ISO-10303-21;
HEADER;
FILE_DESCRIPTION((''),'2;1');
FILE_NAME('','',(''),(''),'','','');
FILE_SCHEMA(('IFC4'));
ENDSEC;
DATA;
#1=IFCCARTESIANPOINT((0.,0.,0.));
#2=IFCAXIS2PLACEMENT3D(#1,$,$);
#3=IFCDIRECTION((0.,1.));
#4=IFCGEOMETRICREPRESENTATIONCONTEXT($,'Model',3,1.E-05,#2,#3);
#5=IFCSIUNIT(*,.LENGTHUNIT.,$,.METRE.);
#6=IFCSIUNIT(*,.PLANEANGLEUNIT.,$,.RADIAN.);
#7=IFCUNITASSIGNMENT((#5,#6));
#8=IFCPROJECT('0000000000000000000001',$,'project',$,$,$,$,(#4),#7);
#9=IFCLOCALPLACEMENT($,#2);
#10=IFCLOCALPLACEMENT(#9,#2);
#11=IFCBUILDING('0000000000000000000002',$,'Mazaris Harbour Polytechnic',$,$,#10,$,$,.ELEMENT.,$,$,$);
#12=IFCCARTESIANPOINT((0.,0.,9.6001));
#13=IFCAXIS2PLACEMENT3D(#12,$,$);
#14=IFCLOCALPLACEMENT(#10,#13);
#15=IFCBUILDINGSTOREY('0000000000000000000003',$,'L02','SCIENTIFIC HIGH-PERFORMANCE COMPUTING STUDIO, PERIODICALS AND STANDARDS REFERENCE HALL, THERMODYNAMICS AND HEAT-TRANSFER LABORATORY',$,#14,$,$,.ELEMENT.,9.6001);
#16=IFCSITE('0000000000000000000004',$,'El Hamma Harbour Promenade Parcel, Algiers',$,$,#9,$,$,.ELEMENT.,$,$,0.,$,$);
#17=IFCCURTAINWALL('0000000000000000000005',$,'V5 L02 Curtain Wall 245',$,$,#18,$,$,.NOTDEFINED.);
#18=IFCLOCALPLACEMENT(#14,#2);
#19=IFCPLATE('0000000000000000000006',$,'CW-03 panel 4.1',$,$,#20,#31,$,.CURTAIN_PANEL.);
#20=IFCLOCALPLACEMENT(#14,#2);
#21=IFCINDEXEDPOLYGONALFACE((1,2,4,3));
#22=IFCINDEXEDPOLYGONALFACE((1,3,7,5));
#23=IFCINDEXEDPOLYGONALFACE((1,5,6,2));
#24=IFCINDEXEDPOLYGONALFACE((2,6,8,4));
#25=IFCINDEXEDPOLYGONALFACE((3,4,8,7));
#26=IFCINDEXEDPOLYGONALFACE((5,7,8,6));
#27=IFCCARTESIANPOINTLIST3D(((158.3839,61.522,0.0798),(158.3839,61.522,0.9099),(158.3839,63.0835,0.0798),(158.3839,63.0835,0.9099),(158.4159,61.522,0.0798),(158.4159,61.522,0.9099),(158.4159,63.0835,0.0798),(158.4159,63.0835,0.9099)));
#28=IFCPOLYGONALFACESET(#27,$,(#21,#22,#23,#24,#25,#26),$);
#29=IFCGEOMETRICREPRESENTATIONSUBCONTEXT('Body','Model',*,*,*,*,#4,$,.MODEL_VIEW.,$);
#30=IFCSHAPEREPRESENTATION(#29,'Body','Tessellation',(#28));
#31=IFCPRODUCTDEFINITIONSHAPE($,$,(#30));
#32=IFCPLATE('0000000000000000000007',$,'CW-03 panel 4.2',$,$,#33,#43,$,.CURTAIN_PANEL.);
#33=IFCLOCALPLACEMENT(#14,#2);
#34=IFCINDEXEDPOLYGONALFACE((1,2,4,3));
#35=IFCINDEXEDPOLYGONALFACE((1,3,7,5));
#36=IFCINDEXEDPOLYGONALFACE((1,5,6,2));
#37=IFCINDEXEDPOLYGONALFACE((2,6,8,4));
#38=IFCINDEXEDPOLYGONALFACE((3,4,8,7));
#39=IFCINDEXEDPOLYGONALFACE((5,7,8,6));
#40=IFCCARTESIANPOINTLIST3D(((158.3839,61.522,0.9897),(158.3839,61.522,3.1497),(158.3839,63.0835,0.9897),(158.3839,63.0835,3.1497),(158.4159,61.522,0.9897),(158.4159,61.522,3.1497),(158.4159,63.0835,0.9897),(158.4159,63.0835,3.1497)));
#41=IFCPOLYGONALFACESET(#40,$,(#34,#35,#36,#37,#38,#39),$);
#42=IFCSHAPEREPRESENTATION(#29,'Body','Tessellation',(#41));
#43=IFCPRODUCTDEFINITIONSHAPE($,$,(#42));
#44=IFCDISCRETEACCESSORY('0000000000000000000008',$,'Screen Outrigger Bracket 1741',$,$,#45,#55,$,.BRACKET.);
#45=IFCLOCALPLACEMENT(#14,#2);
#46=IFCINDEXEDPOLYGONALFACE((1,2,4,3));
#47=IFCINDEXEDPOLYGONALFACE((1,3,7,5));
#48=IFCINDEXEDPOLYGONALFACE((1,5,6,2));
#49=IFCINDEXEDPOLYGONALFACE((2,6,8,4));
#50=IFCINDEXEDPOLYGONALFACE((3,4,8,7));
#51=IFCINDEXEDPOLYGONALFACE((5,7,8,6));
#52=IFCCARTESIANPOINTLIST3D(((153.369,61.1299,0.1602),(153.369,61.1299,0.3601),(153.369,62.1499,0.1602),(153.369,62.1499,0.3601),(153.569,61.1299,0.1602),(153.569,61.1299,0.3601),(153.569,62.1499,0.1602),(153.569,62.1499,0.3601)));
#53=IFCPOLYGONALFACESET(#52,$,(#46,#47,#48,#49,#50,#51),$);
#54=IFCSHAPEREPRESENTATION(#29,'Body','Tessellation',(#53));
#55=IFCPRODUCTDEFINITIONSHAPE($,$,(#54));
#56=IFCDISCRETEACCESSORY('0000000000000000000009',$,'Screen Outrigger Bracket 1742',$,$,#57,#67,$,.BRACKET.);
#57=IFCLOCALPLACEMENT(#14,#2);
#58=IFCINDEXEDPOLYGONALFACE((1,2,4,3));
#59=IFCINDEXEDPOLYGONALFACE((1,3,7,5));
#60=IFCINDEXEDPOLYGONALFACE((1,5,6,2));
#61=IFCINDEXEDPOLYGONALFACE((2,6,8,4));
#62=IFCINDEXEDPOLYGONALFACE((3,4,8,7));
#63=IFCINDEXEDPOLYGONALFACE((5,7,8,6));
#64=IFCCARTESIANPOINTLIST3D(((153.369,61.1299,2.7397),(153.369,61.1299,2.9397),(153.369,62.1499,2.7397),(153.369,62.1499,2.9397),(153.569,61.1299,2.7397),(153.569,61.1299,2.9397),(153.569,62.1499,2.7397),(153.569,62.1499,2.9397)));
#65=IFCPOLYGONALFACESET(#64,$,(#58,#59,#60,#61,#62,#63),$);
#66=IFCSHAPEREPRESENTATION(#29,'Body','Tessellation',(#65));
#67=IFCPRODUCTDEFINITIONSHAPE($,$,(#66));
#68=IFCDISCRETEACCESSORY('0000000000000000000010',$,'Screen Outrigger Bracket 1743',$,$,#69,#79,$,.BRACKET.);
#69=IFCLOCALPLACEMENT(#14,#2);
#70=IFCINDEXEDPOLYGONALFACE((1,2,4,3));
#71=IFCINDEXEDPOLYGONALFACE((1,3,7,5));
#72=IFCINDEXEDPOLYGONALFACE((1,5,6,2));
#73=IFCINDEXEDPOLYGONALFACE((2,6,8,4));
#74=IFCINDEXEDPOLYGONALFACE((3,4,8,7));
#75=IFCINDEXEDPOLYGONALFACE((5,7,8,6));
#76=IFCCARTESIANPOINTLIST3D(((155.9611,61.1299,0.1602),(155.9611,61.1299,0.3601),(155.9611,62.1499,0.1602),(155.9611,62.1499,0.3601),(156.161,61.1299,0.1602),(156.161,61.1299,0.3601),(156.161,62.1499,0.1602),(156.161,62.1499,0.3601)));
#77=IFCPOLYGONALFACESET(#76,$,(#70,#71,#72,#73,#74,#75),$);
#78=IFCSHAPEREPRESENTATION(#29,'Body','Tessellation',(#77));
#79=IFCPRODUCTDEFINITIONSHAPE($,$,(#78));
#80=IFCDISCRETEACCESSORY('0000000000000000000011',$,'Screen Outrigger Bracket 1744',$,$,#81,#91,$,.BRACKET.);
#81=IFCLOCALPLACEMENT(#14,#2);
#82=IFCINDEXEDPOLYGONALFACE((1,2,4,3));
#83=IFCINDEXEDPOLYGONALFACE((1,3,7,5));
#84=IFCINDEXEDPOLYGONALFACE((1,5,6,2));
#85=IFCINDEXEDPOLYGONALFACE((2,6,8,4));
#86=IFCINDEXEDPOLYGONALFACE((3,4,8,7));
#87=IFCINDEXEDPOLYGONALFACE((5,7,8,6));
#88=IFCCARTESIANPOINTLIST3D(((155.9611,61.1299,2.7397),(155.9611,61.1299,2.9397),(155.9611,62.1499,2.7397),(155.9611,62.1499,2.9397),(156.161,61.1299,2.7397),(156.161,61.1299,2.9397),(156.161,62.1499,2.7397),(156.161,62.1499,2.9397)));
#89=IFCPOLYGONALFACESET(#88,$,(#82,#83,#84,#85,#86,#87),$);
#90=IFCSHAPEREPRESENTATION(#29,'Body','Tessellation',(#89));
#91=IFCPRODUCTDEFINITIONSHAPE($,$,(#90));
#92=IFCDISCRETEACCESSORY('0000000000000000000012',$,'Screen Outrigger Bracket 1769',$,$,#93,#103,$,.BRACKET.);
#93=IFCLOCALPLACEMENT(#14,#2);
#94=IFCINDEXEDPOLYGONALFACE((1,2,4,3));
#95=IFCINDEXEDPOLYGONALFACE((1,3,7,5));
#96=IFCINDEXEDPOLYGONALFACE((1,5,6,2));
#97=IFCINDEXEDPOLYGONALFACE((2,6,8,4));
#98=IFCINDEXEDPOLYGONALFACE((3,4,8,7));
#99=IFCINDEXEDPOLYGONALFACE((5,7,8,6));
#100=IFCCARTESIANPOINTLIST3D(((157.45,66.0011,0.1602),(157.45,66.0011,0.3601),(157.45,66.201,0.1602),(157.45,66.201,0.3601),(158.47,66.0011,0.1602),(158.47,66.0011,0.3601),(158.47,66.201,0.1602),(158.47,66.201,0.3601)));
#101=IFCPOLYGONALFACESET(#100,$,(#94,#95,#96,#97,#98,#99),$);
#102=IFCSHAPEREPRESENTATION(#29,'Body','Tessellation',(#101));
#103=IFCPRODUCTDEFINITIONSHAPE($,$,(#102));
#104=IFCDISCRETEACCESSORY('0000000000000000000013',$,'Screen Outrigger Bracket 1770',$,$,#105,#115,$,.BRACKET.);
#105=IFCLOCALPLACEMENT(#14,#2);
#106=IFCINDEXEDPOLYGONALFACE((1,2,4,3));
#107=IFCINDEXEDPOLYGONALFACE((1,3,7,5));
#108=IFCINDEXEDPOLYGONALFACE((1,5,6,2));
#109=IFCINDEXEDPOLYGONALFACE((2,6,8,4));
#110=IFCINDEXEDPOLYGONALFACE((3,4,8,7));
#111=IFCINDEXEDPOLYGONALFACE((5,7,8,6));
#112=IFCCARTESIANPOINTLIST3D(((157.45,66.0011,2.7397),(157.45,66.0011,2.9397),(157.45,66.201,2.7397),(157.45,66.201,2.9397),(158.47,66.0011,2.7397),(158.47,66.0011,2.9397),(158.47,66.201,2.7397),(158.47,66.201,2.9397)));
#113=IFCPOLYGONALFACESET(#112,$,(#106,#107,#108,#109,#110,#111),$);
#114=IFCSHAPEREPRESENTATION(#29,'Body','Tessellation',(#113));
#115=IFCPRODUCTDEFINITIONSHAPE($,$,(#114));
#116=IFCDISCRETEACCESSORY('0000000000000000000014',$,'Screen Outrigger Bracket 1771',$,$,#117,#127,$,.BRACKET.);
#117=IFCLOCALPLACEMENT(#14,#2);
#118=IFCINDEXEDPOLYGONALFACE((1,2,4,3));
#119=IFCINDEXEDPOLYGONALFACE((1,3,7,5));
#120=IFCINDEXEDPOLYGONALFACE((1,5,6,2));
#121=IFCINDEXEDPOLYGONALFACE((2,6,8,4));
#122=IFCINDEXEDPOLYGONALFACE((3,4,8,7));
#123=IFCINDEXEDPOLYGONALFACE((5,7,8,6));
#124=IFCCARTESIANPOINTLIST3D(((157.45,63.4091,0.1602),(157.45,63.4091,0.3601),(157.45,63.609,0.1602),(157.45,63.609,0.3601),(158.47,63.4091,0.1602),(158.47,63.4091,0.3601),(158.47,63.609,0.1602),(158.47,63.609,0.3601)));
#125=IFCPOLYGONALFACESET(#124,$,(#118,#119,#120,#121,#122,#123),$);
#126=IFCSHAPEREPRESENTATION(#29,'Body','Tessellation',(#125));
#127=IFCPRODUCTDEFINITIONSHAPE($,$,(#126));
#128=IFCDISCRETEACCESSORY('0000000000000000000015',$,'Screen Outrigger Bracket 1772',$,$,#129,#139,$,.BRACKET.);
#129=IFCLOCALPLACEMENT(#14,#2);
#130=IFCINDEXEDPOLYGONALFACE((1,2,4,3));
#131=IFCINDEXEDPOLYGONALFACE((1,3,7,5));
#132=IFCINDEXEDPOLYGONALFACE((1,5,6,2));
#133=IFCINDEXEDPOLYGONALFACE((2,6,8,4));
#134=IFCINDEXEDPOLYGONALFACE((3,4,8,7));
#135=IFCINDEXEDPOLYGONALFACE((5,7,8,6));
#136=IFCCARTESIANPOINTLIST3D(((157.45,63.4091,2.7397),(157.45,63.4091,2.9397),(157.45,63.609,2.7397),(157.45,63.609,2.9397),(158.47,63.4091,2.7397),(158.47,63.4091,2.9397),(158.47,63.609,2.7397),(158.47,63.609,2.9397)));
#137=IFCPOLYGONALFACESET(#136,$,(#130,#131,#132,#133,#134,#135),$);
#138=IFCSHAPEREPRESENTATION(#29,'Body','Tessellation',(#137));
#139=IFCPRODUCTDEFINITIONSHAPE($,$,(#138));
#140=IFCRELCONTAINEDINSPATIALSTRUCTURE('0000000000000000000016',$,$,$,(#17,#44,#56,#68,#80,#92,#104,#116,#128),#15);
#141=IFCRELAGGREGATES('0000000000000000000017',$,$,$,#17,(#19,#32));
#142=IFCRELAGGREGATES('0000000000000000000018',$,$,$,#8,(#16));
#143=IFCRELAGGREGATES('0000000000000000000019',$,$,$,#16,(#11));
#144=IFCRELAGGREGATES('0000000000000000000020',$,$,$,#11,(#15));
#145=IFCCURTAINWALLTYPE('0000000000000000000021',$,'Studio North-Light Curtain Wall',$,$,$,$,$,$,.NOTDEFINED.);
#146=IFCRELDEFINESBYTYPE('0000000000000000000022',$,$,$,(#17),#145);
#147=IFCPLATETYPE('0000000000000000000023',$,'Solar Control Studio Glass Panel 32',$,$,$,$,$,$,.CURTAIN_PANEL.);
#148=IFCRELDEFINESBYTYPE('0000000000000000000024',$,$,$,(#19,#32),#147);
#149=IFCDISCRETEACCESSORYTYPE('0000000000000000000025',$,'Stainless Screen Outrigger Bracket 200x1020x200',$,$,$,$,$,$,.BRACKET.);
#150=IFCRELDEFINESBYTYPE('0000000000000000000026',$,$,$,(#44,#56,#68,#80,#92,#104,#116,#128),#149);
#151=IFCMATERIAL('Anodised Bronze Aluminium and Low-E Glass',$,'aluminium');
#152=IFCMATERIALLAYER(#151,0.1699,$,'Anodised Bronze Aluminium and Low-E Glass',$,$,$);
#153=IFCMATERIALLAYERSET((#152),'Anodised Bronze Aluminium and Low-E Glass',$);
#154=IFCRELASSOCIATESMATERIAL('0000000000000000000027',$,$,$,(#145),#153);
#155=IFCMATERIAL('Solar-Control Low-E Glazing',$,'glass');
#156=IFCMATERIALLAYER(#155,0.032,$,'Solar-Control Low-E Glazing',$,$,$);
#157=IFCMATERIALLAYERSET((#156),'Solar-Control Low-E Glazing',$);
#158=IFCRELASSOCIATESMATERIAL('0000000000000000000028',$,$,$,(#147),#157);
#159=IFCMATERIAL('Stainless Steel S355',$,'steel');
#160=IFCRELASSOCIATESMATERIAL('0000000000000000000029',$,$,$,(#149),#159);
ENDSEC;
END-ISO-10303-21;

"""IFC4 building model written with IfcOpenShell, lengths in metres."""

from ifc_helpers import new_model, si_unit, direction, frame, origin, origin_2d, place, context, subcontext, project, spatial, rectangle, extrude, material, layer, layer_set, type_object, element, aggregate, save


model = new_model("IFC4")

# Units and contexts
model_context = context("Model", 3, precision=1e-05, world=origin(), true_north=direction((0.0, 1.0)))
body_context = subcontext(model_context, "Body", "Model", "MODEL_VIEW")
ifc_project = project(units=[si_unit("LENGTHUNIT", "METRE"), si_unit("PLANEANGLEUNIT", "RADIAN")], contexts=[model_context])

# Site, building, storey
site_placement = place(None, origin())
site = spatial("IfcSite", under=ifc_project, at=site_placement, Name="El Hamma Harbour Promenade Parcel, Algiers", CompositionType="ELEMENT", RefElevation=0.0)
building_placement = place(site_placement, origin())
building = spatial("IfcBuilding", under=site, at=building_placement, Name="Mazaris Harbour Polytechnic", CompositionType="ELEMENT")
storey_placement = place(building_placement, frame((0.0, 0.0, 9.6001)))
storey = spatial("IfcBuildingStorey", under=building, at=storey_placement, Name="L02", Description="SCIENTIFIC HIGH-PERFORMANCE COMPUTING STUDIO, PERIODICALS AND STANDARDS REFERENCE HALL, THERMODYNAMICS AND HEAT-TRANSFER LABORATORY", CompositionType="ELEMENT", Elevation=9.6001)

# Shared definitions
ifc_material_1 = material(Name="Anodised Bronze Aluminium and Low-E Glass", Category="aluminium")
ifc_layer_1 = layer(ifc_material_1, 0.1699, Name="Anodised Bronze Aluminium and Low-E Glass")
ifc_layer_set_1 = layer_set([ifc_layer_1], Name="Anodised Bronze Aluminium and Low-E Glass")
curtain_wall_type = type_object("IfcCurtainWallType", Name="Studio North-Light Curtain Wall", PredefinedType="NOTDEFINED", material=ifc_layer_set_1)

# Curtain wall
curtain_wall_1_placement = place(storey_placement, origin())
curtain_wall_1 = element("IfcCurtainWall", 1, at=curtain_wall_1_placement, inside=storey, type_object=curtain_wall_type, Name="V5 L02 Curtain Wall 245", PredefinedType="NOTDEFINED")

# Plates
ifc_material_2 = material(Name="Solar-Control Low-E Glazing", Category="glass")
ifc_layer_2 = layer(ifc_material_2, 0.032, Name="Solar-Control Low-E Glazing")
ifc_layer_set_2 = layer_set([ifc_layer_2], Name="Solar-Control Low-E Glazing")
plate_type = type_object("IfcPlateType", Name="Solar Control Studio Glass Panel 32", PredefinedType="CURTAIN_PANEL", material=ifc_layer_set_2)
plate_1_placement = place(storey_placement, frame((158.3999, 62.3027, 0.0798), z_axis=(0.0, 0.0, 1.0), x_axis=(0.0, -1.0, 0.0)))
plate_1 = element("IfcPlate", 2, at=plate_1_placement, type_object=plate_type, Name="CW-03 panel 4.1", PredefinedType="CURTAIN_PANEL", context=body_context, shape_type="SweptSolid", body=[
    extrude(rectangle(XDim=1.5615, YDim=0.032, at=origin_2d()), origin(), (0.0, 0.0, 1.0), 0.8301),
])
plate_2_placement = place(storey_placement, frame((158.3999, 62.3027, 0.9897), z_axis=(0.0, 0.0, 1.0), x_axis=(0.0, -1.0, 0.0)))
plate_2 = element("IfcPlate", 3, at=plate_2_placement, type_object=plate_type, Name="CW-03 panel 4.2", PredefinedType="CURTAIN_PANEL", context=body_context, shape_type="SweptSolid", body=[
    extrude(rectangle(XDim=1.5615, YDim=0.032, at=origin_2d()), origin(), (0.0, 0.0, 1.0), 2.1599),
])
aggregate(curtain_wall_1, [plate_1, plate_2])

# Discrete accessories
ifc_material_3 = material(Name="Stainless Steel S355", Category="steel")
discrete_accessory_type = type_object("IfcDiscreteAccessoryType", Name="Stainless Screen Outrigger Bracket 200x1020x200", PredefinedType="BRACKET", material=ifc_material_3)
for number, where, z_axis, x_axis, name in (
    (4, (153.469, 61.6399, 0.1602), (0.0, 0.0, 1.0), (1.0, 0.0, 0.0), "Screen Outrigger Bracket 1741"),
    (5, (153.469, 61.6399, 2.7397), (0.0, 0.0, 1.0), (1.0, 0.0, 0.0), "Screen Outrigger Bracket 1742"),
    (6, (156.061, 61.6399, 0.1602), (0.0, 0.0, 1.0), (1.0, 0.0, 0.0), "Screen Outrigger Bracket 1743"),
    (7, (156.061, 61.6399, 2.7397), (0.0, 0.0, 1.0), (1.0, 0.0, 0.0), "Screen Outrigger Bracket 1744"),
    (8, (157.96, 66.1011, 0.1602), (0.0, 0.0, 1.0), (0.0, -1.0, 0.0), "Screen Outrigger Bracket 1769"),
    (9, (157.96, 66.1011, 2.7397), (0.0, 0.0, 1.0), (0.0, -1.0, 0.0), "Screen Outrigger Bracket 1770"),
    (10, (157.96, 63.509, 0.1602), (0.0, 0.0, 1.0), (0.0, -1.0, 0.0), "Screen Outrigger Bracket 1771"),
    (11, (157.96, 63.509, 2.7397), (0.0, 0.0, 1.0), (0.0, -1.0, 0.0), "Screen Outrigger Bracket 1772"),
):
    element("IfcDiscreteAccessory", number, at=place(storey_placement, frame(where, z_axis=z_axis, x_axis=x_axis)), inside=storey, type_object=discrete_accessory_type, Name=name, PredefinedType="BRACKET", context=body_context, shape_type="SweptSolid", body=[
        extrude(rectangle(XDim=0.2, YDim=1.02, at=origin_2d()), origin(), (0.0, 0.0, 1.0), 0.2),
    ])

save(model, "model.ifc")
